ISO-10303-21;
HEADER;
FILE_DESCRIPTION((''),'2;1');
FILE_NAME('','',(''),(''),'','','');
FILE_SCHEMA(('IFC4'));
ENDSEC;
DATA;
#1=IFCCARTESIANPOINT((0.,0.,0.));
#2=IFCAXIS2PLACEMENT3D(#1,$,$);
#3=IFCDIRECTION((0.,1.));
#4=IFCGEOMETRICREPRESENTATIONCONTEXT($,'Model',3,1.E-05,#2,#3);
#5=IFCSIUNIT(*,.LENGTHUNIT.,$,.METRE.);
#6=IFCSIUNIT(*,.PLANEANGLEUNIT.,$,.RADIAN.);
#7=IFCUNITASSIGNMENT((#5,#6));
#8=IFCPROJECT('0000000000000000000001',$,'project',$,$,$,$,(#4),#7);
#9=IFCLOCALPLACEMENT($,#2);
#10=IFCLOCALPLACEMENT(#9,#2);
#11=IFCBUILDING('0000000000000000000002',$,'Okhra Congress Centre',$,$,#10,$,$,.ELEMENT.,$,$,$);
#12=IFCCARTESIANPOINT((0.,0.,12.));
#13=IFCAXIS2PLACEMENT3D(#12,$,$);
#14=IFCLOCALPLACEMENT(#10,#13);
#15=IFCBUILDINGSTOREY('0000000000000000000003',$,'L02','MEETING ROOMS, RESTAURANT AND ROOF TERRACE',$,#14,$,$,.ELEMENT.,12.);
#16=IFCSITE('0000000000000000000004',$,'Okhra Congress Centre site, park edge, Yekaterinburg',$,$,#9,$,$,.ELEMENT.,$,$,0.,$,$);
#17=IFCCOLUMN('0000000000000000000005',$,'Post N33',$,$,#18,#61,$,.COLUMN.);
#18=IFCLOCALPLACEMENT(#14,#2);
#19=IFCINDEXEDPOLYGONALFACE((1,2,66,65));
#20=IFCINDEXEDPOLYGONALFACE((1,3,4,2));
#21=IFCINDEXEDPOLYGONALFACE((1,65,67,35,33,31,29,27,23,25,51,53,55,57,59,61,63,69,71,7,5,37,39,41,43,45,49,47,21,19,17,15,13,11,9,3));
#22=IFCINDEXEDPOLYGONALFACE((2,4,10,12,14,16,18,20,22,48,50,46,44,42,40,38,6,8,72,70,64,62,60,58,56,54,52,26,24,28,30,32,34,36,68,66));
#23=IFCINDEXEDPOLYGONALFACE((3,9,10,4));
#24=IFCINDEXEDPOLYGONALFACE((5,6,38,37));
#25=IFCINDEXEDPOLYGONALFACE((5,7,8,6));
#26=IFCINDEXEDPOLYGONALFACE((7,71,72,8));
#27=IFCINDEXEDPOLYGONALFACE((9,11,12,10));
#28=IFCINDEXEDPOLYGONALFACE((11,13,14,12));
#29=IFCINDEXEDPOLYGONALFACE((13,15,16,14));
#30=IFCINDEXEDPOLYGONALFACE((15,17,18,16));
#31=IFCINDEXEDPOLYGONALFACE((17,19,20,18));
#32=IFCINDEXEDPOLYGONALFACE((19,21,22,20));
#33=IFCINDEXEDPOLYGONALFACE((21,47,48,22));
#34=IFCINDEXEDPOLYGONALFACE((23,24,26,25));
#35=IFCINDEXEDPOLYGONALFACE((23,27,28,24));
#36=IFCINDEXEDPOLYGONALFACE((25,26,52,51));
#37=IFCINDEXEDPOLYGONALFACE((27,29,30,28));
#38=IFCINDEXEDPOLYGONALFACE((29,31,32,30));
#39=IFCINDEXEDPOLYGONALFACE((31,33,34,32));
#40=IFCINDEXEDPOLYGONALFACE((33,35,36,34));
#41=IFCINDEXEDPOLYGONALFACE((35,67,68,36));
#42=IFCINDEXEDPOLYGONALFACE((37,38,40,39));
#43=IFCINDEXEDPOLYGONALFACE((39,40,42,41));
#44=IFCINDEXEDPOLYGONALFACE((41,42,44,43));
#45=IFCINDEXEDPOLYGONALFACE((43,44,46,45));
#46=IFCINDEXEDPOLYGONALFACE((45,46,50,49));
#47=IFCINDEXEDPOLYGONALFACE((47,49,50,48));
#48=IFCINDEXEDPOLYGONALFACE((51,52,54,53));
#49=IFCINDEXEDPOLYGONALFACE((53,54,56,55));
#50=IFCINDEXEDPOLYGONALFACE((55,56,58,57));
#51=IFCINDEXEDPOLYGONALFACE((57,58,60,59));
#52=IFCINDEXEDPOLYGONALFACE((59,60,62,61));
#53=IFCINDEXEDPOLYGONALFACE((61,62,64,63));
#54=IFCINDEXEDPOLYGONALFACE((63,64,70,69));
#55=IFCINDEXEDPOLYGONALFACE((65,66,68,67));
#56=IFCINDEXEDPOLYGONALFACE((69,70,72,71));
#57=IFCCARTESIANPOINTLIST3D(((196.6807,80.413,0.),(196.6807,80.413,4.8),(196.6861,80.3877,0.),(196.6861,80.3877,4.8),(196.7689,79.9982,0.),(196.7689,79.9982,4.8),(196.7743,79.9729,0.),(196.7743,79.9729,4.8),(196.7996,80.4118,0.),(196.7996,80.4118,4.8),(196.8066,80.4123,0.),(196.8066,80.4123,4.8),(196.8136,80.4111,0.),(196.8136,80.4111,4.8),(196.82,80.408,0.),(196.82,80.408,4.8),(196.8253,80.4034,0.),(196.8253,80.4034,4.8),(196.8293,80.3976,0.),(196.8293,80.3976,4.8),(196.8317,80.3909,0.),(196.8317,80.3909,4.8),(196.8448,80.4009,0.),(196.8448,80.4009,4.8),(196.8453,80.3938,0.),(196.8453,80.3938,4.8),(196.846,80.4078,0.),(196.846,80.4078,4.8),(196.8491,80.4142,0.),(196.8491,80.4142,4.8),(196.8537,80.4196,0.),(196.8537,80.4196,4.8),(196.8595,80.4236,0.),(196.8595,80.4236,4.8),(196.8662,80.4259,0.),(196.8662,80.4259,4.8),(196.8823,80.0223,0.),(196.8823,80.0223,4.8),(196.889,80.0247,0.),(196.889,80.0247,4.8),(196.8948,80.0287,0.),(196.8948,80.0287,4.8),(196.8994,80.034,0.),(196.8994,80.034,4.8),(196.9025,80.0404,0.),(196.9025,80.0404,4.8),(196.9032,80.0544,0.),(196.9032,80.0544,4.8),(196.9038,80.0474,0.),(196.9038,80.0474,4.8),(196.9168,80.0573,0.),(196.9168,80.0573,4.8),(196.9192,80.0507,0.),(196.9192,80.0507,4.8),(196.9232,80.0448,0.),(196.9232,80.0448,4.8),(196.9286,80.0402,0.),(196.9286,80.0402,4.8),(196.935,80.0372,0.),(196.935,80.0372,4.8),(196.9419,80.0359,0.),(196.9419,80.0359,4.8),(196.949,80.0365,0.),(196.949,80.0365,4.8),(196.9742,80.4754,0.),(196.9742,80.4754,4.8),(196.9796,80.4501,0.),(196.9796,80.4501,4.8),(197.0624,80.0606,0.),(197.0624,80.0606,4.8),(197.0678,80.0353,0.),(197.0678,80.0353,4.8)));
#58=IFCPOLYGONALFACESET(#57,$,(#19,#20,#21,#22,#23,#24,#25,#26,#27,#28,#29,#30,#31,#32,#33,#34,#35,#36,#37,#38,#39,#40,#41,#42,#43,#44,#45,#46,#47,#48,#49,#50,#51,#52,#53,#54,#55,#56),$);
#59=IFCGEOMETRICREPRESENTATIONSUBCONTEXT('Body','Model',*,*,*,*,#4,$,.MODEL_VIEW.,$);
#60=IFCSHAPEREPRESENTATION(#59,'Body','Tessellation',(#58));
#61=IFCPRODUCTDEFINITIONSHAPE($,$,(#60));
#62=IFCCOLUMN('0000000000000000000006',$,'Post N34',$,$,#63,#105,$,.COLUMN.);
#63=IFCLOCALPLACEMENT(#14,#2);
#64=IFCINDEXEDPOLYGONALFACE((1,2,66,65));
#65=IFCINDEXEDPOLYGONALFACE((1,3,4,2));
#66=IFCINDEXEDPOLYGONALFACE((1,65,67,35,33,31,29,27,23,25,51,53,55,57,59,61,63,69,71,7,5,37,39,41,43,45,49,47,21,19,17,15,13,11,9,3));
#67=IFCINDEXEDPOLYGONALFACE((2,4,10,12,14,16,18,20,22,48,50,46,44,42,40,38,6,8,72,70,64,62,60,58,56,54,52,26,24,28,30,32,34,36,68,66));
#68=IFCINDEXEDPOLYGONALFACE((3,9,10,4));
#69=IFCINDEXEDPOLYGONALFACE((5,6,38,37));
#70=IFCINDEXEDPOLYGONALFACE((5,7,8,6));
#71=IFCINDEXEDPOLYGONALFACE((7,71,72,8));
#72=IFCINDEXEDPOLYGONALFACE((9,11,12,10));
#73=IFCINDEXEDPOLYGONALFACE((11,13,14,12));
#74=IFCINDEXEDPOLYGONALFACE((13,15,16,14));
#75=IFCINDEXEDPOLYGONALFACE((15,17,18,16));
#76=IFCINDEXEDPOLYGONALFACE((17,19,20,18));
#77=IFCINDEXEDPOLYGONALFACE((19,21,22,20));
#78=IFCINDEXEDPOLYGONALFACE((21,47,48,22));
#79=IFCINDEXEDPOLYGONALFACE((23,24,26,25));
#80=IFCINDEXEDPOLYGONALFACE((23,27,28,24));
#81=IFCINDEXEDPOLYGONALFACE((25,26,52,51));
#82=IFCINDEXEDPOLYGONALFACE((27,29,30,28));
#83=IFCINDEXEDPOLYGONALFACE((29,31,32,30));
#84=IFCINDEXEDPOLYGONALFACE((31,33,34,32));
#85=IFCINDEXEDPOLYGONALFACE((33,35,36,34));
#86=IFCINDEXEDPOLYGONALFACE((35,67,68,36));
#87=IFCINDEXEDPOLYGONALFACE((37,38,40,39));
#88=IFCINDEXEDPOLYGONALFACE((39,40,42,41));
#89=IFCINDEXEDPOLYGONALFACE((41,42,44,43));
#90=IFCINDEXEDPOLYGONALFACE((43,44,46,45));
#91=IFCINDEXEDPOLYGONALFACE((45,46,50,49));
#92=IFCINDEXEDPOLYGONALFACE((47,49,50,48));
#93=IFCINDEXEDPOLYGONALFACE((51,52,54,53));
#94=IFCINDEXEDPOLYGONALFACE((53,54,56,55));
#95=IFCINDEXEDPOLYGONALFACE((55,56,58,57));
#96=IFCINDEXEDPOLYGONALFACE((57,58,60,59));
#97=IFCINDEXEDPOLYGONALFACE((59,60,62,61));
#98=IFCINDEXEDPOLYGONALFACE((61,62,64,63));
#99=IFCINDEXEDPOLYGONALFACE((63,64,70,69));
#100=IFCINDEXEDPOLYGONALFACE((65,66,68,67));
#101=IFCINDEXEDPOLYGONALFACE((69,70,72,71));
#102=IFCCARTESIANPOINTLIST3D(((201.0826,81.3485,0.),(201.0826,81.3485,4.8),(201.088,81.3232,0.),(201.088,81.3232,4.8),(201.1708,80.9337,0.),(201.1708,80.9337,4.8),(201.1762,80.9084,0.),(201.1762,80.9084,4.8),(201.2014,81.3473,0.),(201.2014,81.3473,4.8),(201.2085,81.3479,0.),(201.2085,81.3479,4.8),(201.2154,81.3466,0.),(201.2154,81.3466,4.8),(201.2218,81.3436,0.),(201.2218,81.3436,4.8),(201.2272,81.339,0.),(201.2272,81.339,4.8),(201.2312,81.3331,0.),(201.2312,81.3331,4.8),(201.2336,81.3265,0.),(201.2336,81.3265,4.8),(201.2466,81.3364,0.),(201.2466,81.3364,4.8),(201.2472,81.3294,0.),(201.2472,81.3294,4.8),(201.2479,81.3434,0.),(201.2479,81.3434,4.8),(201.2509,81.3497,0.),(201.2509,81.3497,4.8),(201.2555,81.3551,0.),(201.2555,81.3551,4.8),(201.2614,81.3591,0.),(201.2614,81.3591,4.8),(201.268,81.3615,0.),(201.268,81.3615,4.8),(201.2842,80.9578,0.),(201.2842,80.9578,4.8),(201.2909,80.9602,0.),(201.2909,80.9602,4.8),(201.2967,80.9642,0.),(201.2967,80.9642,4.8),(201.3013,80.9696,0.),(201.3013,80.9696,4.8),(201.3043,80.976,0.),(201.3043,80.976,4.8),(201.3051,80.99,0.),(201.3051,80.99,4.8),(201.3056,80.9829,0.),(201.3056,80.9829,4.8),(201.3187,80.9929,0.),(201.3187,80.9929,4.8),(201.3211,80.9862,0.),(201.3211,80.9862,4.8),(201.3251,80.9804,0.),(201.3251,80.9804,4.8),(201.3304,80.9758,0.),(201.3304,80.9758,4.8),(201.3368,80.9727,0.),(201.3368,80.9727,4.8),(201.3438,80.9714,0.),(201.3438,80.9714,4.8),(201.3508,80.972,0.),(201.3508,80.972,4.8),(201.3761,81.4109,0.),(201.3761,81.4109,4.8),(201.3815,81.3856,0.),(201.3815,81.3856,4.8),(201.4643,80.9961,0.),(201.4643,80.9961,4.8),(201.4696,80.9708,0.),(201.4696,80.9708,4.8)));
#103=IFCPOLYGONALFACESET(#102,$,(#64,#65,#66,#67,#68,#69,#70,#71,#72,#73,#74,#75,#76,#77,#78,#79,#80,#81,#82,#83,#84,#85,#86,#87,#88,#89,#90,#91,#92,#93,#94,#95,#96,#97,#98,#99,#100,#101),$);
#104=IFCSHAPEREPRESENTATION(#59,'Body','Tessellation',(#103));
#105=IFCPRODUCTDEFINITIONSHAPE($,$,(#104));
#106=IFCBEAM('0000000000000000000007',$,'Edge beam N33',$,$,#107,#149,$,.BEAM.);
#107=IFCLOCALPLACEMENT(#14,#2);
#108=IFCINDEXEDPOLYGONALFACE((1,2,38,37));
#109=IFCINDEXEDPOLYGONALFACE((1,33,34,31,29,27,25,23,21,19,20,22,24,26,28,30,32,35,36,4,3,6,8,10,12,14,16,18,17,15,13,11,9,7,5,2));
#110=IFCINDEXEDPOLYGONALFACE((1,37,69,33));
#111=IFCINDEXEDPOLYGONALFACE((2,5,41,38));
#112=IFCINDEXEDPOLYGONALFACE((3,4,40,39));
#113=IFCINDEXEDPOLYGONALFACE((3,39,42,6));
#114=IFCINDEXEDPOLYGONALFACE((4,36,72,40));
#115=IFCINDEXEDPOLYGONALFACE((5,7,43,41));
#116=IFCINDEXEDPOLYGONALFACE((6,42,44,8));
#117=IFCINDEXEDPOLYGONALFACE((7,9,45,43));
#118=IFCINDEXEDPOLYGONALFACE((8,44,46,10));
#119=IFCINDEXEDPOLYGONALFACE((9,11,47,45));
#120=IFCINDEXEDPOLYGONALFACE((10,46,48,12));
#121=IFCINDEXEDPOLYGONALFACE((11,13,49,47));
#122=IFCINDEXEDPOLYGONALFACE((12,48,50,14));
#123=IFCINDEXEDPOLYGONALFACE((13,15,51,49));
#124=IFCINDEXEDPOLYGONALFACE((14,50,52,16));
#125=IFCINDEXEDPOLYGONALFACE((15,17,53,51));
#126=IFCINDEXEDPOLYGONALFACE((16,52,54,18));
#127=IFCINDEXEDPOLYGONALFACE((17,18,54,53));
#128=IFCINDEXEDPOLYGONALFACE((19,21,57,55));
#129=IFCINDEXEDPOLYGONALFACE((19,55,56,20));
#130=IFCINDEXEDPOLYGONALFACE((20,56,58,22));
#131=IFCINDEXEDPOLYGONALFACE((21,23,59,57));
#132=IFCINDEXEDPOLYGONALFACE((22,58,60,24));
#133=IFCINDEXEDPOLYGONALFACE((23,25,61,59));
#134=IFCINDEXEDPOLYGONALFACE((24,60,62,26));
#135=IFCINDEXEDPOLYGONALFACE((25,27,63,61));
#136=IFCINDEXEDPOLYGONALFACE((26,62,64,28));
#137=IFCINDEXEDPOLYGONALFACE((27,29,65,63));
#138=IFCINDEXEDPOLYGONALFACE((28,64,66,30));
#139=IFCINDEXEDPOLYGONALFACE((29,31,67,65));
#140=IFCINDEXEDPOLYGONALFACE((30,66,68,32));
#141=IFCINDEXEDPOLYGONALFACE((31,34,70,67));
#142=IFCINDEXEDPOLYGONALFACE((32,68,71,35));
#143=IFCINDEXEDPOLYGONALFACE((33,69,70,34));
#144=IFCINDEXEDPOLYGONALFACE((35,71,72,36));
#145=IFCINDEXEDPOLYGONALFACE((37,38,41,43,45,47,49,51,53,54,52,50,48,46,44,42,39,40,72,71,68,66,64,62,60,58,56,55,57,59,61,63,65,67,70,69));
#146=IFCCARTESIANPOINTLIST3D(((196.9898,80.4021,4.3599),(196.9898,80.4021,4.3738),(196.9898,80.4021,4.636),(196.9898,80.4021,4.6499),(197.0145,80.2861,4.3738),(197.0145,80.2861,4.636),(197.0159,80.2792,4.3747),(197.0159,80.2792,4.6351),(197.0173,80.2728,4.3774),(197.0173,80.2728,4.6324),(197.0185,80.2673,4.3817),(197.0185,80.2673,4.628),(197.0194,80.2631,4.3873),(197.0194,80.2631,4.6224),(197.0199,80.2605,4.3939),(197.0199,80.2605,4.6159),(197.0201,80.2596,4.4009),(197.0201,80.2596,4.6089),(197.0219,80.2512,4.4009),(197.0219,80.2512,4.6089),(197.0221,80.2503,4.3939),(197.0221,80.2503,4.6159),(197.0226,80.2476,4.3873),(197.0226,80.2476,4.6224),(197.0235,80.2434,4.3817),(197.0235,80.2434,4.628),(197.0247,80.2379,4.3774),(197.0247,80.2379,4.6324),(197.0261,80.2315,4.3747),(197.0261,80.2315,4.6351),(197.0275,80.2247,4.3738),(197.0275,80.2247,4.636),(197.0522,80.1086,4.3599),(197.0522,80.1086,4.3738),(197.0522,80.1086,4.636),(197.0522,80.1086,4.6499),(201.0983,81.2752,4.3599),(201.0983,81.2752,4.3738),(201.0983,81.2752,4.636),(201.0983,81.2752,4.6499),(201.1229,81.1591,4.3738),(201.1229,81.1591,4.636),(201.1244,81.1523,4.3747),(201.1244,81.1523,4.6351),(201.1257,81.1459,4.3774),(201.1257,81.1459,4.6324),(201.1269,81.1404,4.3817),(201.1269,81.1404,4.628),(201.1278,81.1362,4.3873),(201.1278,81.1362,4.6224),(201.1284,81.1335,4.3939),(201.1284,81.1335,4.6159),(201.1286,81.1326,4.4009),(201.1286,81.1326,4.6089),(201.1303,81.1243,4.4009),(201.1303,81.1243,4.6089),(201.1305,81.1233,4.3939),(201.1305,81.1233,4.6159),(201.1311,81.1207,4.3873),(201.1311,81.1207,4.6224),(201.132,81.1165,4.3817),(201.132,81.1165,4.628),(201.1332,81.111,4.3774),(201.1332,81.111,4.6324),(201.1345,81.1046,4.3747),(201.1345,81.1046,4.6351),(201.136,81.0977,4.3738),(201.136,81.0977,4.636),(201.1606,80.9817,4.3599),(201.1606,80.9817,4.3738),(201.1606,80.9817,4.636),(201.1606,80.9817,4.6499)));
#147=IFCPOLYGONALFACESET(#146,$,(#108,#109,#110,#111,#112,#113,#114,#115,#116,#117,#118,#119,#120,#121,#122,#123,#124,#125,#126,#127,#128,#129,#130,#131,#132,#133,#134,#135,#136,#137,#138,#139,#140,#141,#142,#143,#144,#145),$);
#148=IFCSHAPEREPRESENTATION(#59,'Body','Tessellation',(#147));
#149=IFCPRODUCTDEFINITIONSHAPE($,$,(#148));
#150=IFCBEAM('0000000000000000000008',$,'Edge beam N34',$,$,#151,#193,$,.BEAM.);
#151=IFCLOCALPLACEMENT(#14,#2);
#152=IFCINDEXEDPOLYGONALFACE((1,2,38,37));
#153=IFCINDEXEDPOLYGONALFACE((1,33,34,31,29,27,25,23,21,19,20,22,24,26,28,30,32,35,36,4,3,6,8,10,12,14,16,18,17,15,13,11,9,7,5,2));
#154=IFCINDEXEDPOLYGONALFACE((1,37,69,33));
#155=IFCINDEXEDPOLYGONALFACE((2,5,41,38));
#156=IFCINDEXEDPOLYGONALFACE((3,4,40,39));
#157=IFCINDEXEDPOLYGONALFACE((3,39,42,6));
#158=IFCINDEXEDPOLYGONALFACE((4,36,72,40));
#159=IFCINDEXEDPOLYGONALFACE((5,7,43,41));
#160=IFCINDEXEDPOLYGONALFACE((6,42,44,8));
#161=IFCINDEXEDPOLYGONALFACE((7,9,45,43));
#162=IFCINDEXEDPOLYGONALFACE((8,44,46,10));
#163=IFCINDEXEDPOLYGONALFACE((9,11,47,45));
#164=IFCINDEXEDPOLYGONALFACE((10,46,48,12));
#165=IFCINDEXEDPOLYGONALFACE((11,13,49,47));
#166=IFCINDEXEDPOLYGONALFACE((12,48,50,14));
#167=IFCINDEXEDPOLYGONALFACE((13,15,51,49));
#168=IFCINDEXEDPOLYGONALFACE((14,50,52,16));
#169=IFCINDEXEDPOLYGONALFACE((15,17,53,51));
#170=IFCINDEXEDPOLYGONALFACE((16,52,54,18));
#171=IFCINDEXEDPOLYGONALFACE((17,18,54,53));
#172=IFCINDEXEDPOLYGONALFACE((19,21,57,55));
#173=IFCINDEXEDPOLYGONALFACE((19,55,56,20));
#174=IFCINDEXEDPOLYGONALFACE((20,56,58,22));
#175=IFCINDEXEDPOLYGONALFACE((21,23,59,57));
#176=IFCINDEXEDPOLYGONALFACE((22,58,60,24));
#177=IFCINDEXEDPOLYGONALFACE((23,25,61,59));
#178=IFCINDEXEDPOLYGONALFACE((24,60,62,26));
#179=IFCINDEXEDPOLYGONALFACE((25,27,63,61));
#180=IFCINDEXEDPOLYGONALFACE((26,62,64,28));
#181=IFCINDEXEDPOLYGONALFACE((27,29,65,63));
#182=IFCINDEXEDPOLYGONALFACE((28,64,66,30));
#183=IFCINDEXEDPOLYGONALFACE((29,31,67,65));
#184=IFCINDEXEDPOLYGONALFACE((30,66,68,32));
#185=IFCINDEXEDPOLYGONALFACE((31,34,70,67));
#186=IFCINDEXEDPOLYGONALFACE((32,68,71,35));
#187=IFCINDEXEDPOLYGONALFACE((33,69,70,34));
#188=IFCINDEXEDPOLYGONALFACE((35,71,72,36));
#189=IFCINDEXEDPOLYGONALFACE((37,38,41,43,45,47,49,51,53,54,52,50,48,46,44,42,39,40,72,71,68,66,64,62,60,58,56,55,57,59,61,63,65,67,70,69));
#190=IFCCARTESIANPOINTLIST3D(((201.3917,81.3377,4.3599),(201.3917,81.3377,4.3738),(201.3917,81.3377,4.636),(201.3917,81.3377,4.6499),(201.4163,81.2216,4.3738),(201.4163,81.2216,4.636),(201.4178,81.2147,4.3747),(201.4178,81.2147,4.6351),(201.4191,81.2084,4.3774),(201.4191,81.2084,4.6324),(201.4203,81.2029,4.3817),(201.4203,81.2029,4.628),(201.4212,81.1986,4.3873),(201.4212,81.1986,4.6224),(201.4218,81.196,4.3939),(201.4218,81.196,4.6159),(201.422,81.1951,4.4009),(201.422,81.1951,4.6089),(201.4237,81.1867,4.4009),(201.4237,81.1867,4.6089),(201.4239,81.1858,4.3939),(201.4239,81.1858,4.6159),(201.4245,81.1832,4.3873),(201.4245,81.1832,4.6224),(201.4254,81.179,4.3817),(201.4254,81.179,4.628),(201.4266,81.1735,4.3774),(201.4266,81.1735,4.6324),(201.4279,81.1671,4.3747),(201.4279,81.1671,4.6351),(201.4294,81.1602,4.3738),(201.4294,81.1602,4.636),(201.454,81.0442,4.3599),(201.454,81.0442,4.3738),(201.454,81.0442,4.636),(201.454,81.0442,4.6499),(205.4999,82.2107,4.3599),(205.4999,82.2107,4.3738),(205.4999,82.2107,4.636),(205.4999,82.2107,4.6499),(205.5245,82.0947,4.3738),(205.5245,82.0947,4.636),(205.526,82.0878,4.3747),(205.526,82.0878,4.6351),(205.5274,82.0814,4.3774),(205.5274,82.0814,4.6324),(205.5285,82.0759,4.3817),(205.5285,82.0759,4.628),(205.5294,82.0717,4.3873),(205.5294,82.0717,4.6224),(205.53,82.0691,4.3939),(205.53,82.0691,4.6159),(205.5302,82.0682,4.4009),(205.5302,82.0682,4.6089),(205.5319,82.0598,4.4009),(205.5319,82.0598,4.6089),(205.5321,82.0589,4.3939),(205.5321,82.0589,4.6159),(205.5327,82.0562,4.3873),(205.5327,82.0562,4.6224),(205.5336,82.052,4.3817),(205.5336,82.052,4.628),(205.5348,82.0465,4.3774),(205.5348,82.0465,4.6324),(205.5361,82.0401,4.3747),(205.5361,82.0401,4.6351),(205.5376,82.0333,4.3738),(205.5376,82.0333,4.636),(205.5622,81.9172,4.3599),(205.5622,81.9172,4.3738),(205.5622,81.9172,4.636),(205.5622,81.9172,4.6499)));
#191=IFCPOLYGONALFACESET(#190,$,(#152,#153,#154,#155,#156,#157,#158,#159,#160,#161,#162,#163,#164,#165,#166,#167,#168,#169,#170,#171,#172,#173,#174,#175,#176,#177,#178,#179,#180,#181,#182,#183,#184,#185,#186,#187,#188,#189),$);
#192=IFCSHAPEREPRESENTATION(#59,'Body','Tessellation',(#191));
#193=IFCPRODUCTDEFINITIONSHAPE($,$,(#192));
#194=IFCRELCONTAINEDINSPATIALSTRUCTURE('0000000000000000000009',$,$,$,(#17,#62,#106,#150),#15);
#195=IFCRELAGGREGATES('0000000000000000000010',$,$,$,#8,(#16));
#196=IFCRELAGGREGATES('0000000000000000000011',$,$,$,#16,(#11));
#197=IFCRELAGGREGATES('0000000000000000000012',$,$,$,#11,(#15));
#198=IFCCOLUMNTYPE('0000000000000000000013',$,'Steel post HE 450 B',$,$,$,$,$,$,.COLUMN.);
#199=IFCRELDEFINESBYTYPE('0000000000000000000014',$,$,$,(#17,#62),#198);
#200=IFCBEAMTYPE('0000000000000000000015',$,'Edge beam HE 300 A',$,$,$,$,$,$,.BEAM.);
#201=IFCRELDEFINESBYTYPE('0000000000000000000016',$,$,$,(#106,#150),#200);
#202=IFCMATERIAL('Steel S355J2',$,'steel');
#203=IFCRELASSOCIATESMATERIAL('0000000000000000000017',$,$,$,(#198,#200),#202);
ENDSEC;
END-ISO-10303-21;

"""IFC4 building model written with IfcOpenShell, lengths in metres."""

from ifc_helpers import new_model, si_unit, direction, frame, origin, origin_2d, place, context, subcontext, project, spatial, i_section, extrude, material, material_profile, profile_set, type_object, element, save


model = new_model("IFC4")

# Units and contexts
model_context = context("Model", 3, precision=1e-05, world=origin(), true_north=direction((0.0, 1.0)))
body_context = subcontext(model_context, "Body", "Model", "MODEL_VIEW")
ifc_project = project(units=[si_unit("LENGTHUNIT", "METRE"), si_unit("PLANEANGLEUNIT", "RADIAN")], contexts=[model_context])

# Site, building, storey
site_placement = place(None, origin())
site = spatial("IfcSite", under=ifc_project, at=site_placement, Name="Okhra Congress Centre site, park edge, Yekaterinburg", CompositionType="ELEMENT", RefElevation=0.0)
building_placement = place(site_placement, origin())
building = spatial("IfcBuilding", under=site, at=building_placement, Name="Okhra Congress Centre", CompositionType="ELEMENT")
storey_placement = place(building_placement, frame((0.0, 0.0, 12.0)))
storey = spatial("IfcBuildingStorey", under=building, at=storey_placement, Name="L02", Description="MEETING ROOMS, RESTAURANT AND ROOF TERRACE", CompositionType="ELEMENT", Elevation=12.0)

# Columns
ifc_material_1 = material(Name="Steel S355J2", Category="steel")
ifc_material_profile_1 = material_profile(ifc_material_1, i_section(OverallWidth=0.3, OverallDepth=0.45, WebThickness=0.0139, FlangeThickness=0.0259, FilletRadius=0.0271, at=origin_2d()), Name="HE 450 B")
ifc_profile_set_1 = profile_set([ifc_material_profile_1], Name="Steel S355J2")
column_type = type_object("IfcColumnType", Name="Steel post HE 450 B", PredefinedType="COLUMN", material=ifc_profile_set_1)
for number, where, z_axis, x_axis, name in (
    (1, (196.8743, 80.2241, 0.0), (0.0, 0.0, 1.0), (0.978148, 0.207912, 0.0), "Post N33"),
    (2, (201.2761, 81.1597, 0.0), (0.0, 0.0, 1.0), (0.978148, 0.207912, 0.0), "Post N34"),
):
    element("IfcColumn", number, at=place(storey_placement, frame(where, z_axis=z_axis, x_axis=x_axis)), inside=storey, type_object=column_type, Name=name, PredefinedType="COLUMN", context=body_context, shape_type="SweptSolid", body=[
        extrude(i_section(OverallWidth=0.3, OverallDepth=0.45, WebThickness=0.0139, FlangeThickness=0.0259, FilletRadius=0.0271, at=origin_2d()), origin(), (0.0, 0.0, 1.0), 4.8),
    ])

# Beams
ifc_material_profile_2 = material_profile(ifc_material_1, i_section(OverallWidth=0.3, OverallDepth=0.29, WebThickness=0.0085, FlangeThickness=0.0139, FilletRadius=0.0271, at=origin_2d()), Name="HE 300 A")
ifc_profile_set_2 = profile_set([ifc_material_profile_2], Name="Steel S355J2")
beam_type_1 = type_object("IfcBeamType", Name="Edge beam HE 300 A", PredefinedType="BEAM", material=ifc_profile_set_2)
beam_1_placement = place(storey_placement, frame((197.021, 80.2554, 4.5049), z_axis=(0.978158, 0.207862, 0.0), x_axis=(-0.207862, 0.978158, 0.0)))
element("IfcBeam", 3, at=beam_1_placement, inside=storey, type_object=beam_type_1, Name="Edge beam N33", PredefinedType="BEAM", context=body_context, shape_type="SweptSolid", body=[
    extrude(i_section(OverallWidth=0.3, OverallDepth=0.29, WebThickness=0.0085, FlangeThickness=0.0139, FilletRadius=0.0271, at=origin_2d()), origin(), (0.0, 0.0, 1.0), 4.2002),
])
beam_2_placement = place(storey_placement, frame((201.4229, 81.1909, 4.5049), z_axis=(0.978156, 0.207873, 0.0), x_axis=(-0.207873, 0.978156, 0.0)))
element("IfcBeam", 4, at=beam_2_placement, inside=storey, type_object=beam_type_1, Name="Edge beam N34", PredefinedType="BEAM", context=body_context, shape_type="SweptSolid", body=[
    extrude(i_section(OverallWidth=0.3, OverallDepth=0.29, WebThickness=0.0085, FlangeThickness=0.0139, FilletRadius=0.0271, at=origin_2d()), origin(), (0.0, 0.0, 1.0), 4.2),
])

save(model, "model.ifc")
